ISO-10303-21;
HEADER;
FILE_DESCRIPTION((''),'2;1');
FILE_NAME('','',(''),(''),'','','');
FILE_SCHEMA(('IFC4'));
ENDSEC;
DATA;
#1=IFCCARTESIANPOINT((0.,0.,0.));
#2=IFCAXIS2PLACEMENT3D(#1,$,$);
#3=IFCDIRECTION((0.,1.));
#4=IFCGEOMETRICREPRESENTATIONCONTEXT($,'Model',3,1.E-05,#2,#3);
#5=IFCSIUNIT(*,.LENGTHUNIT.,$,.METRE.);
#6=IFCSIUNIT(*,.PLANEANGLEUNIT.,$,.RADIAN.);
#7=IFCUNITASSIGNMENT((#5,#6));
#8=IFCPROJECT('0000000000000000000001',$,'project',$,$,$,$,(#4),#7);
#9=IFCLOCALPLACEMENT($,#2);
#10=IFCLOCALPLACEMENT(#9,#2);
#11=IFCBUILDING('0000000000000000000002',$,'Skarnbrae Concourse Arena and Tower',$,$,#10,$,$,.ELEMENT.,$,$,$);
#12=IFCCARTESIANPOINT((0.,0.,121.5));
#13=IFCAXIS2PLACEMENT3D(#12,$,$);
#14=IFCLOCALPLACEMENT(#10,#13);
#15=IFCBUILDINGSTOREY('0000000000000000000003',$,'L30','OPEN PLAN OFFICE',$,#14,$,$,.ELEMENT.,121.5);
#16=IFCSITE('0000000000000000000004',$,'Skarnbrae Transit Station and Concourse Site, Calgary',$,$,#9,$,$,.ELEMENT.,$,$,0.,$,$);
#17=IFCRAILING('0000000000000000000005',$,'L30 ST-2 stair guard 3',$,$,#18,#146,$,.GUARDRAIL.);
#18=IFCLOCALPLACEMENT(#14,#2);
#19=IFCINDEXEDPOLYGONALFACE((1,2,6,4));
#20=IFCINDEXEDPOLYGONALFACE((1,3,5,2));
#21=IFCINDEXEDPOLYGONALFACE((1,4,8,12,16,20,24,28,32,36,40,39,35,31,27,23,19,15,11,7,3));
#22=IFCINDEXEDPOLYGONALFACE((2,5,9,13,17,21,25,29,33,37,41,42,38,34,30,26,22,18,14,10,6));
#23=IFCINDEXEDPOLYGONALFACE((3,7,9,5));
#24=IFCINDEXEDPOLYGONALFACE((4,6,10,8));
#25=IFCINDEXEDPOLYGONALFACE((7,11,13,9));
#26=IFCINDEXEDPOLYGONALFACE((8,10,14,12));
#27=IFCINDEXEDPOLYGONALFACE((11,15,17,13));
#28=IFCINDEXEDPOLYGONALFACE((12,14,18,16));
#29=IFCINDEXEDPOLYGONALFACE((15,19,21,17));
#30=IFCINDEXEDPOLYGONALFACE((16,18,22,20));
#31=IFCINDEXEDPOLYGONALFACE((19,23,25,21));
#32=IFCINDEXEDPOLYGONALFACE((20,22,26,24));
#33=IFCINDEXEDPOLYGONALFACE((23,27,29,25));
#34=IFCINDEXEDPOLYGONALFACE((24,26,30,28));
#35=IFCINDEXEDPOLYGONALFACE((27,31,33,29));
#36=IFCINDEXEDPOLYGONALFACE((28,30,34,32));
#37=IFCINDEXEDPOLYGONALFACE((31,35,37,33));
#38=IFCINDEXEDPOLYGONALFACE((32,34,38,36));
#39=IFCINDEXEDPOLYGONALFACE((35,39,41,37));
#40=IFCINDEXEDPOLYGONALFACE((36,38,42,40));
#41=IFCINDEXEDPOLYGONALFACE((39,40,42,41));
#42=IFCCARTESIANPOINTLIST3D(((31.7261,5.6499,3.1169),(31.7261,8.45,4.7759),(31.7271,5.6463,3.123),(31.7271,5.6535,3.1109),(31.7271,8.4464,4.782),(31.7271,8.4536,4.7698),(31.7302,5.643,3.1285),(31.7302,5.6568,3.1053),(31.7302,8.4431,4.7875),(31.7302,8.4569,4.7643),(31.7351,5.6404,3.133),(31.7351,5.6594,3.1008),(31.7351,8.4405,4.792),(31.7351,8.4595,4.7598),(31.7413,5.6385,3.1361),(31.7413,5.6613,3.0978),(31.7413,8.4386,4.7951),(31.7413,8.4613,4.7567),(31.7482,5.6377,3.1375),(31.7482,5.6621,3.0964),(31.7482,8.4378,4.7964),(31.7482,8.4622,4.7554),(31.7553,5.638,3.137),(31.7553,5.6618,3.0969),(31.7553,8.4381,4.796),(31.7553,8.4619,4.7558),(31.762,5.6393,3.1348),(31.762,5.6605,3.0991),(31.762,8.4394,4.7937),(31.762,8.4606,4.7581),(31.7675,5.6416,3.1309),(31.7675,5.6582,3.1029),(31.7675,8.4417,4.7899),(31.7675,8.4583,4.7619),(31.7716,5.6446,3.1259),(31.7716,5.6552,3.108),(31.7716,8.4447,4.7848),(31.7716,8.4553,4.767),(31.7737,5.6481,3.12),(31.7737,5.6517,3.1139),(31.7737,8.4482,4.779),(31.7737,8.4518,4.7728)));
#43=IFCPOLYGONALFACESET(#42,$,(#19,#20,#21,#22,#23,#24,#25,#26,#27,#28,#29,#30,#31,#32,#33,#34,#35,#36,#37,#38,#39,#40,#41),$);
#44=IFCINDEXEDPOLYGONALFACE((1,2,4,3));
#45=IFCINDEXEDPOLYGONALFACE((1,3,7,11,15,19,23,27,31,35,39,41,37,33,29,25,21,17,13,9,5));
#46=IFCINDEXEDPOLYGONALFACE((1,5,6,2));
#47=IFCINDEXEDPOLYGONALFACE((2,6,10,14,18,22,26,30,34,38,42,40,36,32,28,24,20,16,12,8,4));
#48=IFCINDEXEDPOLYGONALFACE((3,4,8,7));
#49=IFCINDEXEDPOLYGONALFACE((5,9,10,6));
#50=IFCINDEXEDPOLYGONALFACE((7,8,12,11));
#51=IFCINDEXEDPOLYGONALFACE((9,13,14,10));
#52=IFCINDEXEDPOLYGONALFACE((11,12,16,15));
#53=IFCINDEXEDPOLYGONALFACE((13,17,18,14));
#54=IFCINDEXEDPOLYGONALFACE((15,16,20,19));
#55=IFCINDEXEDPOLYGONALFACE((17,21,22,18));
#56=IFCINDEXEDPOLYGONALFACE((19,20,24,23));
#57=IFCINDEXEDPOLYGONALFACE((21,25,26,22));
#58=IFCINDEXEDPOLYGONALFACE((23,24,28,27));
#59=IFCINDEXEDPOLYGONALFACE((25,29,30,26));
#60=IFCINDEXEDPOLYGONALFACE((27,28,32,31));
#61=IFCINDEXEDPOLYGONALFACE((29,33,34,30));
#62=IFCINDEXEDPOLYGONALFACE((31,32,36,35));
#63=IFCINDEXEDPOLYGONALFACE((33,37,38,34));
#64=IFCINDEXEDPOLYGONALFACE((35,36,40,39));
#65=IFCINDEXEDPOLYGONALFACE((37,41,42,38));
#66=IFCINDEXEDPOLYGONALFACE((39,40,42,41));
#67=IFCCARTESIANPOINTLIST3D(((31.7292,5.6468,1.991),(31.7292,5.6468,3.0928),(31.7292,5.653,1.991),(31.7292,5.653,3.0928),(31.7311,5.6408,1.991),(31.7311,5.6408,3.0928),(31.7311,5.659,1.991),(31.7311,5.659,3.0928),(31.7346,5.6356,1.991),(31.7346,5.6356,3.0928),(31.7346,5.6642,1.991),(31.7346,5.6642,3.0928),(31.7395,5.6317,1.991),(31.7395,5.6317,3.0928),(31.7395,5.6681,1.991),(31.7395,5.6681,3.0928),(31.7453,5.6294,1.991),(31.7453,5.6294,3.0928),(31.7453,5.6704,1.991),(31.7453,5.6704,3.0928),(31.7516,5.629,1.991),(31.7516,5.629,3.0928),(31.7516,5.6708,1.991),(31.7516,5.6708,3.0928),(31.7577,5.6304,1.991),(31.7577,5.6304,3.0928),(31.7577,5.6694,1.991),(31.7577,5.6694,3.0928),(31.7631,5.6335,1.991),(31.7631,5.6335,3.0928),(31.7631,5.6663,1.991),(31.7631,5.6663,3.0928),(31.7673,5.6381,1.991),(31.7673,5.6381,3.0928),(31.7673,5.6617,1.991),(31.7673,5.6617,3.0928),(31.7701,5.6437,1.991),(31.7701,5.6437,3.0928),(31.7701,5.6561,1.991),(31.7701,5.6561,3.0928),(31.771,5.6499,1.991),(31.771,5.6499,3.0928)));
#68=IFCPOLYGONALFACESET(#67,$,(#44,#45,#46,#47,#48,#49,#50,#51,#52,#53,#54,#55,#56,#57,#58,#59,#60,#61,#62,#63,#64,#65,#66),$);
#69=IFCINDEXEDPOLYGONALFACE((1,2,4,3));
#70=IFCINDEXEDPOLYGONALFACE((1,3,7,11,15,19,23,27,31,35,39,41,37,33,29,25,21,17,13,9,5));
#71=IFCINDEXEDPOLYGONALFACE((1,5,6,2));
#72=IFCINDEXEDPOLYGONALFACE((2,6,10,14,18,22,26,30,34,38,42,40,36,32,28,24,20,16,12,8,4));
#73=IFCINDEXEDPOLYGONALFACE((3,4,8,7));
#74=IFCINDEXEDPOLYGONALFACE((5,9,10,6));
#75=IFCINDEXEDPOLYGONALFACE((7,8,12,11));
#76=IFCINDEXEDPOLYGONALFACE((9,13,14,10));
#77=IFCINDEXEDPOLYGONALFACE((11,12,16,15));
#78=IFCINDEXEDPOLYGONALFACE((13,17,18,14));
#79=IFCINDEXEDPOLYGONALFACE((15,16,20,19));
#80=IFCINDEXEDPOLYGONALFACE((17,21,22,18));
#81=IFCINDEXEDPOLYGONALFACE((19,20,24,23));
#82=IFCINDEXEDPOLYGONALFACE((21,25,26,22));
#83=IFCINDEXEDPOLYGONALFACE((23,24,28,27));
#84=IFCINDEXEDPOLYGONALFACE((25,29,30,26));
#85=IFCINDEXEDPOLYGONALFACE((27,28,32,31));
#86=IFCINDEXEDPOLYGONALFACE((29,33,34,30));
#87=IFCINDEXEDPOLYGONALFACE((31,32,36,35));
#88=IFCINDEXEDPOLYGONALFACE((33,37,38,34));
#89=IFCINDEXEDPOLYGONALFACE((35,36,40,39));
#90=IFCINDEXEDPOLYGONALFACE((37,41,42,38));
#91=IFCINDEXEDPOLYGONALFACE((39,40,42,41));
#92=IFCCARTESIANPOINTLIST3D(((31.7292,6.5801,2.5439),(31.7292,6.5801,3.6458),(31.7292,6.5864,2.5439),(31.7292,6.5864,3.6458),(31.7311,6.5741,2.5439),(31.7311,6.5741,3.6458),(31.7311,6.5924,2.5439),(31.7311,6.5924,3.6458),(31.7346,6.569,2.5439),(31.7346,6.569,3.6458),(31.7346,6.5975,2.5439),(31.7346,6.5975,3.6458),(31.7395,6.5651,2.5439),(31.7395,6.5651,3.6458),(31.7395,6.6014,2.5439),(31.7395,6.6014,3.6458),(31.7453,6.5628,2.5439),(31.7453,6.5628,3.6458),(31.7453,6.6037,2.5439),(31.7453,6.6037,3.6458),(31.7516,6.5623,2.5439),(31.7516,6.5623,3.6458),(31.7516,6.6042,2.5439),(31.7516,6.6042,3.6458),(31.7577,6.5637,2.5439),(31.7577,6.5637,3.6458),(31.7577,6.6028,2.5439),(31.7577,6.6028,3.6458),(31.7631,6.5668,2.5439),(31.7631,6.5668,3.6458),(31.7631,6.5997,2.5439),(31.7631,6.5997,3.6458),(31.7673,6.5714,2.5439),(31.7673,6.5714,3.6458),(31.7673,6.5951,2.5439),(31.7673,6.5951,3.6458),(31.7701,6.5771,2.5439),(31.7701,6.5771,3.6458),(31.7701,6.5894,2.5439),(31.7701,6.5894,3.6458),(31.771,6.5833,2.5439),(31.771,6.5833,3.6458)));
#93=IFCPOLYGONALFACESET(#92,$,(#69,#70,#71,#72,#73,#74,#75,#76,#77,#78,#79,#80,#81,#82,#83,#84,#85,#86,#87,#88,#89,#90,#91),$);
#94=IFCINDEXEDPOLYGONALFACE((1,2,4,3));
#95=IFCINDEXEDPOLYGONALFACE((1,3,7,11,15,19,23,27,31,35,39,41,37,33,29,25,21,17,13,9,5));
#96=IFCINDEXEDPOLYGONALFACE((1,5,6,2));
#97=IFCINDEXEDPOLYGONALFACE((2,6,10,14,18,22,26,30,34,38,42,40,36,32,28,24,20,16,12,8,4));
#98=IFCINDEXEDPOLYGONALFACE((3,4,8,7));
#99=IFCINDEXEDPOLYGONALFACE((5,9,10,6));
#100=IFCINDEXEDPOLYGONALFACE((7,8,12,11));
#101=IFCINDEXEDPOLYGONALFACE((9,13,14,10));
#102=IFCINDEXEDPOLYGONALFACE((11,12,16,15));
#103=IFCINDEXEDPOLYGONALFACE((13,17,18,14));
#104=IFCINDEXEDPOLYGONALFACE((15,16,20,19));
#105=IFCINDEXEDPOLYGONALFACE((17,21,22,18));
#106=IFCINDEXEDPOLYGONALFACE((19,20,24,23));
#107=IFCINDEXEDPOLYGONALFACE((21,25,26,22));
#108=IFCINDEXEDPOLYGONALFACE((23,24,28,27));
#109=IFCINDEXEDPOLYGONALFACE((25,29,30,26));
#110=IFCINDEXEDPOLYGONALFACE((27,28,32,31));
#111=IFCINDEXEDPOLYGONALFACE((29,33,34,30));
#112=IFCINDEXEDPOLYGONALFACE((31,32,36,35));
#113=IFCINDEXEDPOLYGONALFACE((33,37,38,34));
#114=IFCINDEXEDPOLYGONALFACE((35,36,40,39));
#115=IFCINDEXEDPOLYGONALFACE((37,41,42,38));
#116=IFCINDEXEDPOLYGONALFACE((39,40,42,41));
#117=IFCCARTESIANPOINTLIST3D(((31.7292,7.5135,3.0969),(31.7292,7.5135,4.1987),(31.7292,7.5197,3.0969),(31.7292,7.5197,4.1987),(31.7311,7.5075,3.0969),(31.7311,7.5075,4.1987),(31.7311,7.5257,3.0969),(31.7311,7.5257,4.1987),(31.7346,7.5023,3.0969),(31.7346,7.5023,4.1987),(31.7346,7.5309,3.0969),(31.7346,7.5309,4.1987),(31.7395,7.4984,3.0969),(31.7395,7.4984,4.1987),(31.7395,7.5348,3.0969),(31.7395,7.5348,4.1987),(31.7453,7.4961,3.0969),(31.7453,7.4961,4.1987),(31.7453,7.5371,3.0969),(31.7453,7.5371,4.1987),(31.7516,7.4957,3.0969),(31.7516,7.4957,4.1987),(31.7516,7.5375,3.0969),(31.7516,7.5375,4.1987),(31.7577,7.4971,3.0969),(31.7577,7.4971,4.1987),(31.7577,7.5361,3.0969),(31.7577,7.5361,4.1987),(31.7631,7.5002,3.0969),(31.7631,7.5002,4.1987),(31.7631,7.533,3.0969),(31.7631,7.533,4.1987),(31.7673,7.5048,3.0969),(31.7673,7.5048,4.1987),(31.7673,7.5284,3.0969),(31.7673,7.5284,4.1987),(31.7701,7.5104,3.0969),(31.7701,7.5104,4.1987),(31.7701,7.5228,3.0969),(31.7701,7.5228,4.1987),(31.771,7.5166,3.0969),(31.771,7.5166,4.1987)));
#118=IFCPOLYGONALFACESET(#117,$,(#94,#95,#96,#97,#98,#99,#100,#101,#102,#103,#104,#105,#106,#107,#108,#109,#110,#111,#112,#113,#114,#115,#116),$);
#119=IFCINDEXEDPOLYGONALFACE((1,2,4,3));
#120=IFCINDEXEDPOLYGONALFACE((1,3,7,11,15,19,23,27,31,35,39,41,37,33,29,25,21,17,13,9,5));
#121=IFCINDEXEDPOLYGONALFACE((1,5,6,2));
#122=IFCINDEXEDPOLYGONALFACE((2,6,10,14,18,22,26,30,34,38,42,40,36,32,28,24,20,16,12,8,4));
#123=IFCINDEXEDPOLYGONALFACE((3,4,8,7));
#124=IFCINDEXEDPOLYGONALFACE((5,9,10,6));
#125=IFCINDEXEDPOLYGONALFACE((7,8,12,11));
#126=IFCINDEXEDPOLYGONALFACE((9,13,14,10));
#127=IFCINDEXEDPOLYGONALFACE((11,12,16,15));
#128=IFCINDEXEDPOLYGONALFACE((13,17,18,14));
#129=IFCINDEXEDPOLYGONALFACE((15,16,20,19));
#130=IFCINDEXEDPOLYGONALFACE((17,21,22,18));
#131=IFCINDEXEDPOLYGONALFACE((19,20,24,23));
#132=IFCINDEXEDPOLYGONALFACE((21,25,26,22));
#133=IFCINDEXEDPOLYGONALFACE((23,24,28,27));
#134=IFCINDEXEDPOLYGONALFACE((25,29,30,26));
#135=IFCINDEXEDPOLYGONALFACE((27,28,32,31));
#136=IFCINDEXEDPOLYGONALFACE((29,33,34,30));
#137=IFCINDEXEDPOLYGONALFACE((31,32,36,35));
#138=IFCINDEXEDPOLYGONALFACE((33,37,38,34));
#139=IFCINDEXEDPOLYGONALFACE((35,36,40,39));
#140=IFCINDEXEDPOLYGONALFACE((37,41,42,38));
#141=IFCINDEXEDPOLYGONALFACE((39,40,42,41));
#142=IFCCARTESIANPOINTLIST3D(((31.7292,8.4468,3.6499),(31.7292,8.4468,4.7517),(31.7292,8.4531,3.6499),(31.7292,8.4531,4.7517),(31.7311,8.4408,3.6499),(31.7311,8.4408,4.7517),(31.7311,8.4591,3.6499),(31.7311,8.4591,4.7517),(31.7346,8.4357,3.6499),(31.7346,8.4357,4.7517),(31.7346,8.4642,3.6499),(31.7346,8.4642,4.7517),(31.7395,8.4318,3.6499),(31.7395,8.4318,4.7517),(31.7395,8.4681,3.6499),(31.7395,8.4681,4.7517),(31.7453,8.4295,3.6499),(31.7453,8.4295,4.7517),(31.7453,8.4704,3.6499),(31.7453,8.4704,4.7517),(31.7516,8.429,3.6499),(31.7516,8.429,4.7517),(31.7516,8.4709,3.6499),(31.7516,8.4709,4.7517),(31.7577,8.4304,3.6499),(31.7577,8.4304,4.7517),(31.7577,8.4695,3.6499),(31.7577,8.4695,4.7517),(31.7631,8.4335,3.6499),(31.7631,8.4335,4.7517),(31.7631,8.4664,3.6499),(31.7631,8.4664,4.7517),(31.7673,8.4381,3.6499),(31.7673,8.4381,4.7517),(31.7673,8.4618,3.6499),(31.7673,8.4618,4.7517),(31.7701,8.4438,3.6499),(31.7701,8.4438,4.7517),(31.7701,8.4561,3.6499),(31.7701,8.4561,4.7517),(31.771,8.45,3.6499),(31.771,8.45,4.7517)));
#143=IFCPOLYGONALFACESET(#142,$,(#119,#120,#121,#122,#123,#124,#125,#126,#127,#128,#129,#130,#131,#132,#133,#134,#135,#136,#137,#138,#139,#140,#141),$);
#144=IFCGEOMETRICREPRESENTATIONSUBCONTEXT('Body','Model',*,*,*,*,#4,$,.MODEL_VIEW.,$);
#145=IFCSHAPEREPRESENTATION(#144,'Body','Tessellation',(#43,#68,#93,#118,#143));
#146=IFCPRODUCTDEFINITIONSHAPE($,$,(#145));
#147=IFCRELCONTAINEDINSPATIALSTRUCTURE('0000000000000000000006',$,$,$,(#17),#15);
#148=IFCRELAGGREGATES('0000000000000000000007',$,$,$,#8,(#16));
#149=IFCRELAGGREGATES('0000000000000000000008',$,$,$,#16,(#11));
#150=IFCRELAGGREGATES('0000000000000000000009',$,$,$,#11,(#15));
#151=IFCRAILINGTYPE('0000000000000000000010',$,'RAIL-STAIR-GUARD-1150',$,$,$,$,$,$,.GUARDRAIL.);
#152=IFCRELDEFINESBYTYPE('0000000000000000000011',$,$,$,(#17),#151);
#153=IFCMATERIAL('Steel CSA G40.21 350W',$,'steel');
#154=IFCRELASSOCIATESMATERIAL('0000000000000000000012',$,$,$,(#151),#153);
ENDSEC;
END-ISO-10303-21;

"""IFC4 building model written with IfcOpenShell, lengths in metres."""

from ifc_helpers import new_model, si_unit, direction, frame, origin, origin_2d, place, context, subcontext, project, spatial, circle, extrude, material, type_object, element, save


model = new_model("IFC4")

# Units and contexts
model_context = context("Model", 3, precision=1e-05, world=origin(), true_north=direction((0.0, 1.0)))
body_context = subcontext(model_context, "Body", "Model", "MODEL_VIEW")
ifc_project = project(units=[si_unit("LENGTHUNIT", "METRE"), si_unit("PLANEANGLEUNIT", "RADIAN")], contexts=[model_context])

# Site, building, storey
site_placement = place(None, origin())
site = spatial("IfcSite", under=ifc_project, at=site_placement, Name="Skarnbrae Transit Station and Concourse Site, Calgary", CompositionType="ELEMENT", RefElevation=0.0)
building_placement = place(site_placement, origin())
building = spatial("IfcBuilding", under=site, at=building_placement, Name="Skarnbrae Concourse Arena and Tower", CompositionType="ELEMENT")
storey_placement = place(building_placement, frame((0.0, 0.0, 121.5)))
storey = spatial("IfcBuildingStorey", under=building, at=storey_placement, Name="L30", Description="OPEN PLAN OFFICE", CompositionType="ELEMENT", Elevation=121.5)

# Shared definitions
ifc_material_1 = material(Name="Steel CSA G40.21 350W", Category="steel")

# Railing
railing_type_1 = type_object("IfcRailingType", Name="RAIL-STAIR-GUARD-1150", PredefinedType="GUARDRAIL", material=ifc_material_1)
railing_1_placement = place(storey_placement, frame((31.75, 5.6499, 1.991)))
element("IfcRailing", 1, at=railing_1_placement, inside=storey, type_object=railing_type_1, Name="L30 ST-2 stair guard 3", PredefinedType="GUARDRAIL", context=body_context, shape_type="SweptSolid", body=[
    extrude(circle(Radius=0.0239, at=origin_2d()), frame((0.0, 0.0, 1.126), z_axis=(0.0, 0.860339, 0.509722), x_axis=(-1.0, 0.0, 0.0)), (0.0, 0.0, 1.0), 3.2546),
    extrude(circle(Radius=0.021, at=origin_2d()), origin(), (0.0, 0.0, 1.0), 1.1018),
    extrude(circle(Radius=0.021, at=origin_2d()), frame((0.0, 0.9333, 0.553)), (0.0, 0.0, 1.0), 1.1018),
    extrude(circle(Radius=0.021, at=origin_2d()), frame((0.0, 1.8667, 1.106)), (0.0, 0.0, 1.0), 1.1018),
    extrude(circle(Radius=0.021, at=origin_2d()), frame((0.0, 2.8, 1.6589)), (0.0, 0.0, 1.0), 1.1018),
])

save(model, "model.ifc")
